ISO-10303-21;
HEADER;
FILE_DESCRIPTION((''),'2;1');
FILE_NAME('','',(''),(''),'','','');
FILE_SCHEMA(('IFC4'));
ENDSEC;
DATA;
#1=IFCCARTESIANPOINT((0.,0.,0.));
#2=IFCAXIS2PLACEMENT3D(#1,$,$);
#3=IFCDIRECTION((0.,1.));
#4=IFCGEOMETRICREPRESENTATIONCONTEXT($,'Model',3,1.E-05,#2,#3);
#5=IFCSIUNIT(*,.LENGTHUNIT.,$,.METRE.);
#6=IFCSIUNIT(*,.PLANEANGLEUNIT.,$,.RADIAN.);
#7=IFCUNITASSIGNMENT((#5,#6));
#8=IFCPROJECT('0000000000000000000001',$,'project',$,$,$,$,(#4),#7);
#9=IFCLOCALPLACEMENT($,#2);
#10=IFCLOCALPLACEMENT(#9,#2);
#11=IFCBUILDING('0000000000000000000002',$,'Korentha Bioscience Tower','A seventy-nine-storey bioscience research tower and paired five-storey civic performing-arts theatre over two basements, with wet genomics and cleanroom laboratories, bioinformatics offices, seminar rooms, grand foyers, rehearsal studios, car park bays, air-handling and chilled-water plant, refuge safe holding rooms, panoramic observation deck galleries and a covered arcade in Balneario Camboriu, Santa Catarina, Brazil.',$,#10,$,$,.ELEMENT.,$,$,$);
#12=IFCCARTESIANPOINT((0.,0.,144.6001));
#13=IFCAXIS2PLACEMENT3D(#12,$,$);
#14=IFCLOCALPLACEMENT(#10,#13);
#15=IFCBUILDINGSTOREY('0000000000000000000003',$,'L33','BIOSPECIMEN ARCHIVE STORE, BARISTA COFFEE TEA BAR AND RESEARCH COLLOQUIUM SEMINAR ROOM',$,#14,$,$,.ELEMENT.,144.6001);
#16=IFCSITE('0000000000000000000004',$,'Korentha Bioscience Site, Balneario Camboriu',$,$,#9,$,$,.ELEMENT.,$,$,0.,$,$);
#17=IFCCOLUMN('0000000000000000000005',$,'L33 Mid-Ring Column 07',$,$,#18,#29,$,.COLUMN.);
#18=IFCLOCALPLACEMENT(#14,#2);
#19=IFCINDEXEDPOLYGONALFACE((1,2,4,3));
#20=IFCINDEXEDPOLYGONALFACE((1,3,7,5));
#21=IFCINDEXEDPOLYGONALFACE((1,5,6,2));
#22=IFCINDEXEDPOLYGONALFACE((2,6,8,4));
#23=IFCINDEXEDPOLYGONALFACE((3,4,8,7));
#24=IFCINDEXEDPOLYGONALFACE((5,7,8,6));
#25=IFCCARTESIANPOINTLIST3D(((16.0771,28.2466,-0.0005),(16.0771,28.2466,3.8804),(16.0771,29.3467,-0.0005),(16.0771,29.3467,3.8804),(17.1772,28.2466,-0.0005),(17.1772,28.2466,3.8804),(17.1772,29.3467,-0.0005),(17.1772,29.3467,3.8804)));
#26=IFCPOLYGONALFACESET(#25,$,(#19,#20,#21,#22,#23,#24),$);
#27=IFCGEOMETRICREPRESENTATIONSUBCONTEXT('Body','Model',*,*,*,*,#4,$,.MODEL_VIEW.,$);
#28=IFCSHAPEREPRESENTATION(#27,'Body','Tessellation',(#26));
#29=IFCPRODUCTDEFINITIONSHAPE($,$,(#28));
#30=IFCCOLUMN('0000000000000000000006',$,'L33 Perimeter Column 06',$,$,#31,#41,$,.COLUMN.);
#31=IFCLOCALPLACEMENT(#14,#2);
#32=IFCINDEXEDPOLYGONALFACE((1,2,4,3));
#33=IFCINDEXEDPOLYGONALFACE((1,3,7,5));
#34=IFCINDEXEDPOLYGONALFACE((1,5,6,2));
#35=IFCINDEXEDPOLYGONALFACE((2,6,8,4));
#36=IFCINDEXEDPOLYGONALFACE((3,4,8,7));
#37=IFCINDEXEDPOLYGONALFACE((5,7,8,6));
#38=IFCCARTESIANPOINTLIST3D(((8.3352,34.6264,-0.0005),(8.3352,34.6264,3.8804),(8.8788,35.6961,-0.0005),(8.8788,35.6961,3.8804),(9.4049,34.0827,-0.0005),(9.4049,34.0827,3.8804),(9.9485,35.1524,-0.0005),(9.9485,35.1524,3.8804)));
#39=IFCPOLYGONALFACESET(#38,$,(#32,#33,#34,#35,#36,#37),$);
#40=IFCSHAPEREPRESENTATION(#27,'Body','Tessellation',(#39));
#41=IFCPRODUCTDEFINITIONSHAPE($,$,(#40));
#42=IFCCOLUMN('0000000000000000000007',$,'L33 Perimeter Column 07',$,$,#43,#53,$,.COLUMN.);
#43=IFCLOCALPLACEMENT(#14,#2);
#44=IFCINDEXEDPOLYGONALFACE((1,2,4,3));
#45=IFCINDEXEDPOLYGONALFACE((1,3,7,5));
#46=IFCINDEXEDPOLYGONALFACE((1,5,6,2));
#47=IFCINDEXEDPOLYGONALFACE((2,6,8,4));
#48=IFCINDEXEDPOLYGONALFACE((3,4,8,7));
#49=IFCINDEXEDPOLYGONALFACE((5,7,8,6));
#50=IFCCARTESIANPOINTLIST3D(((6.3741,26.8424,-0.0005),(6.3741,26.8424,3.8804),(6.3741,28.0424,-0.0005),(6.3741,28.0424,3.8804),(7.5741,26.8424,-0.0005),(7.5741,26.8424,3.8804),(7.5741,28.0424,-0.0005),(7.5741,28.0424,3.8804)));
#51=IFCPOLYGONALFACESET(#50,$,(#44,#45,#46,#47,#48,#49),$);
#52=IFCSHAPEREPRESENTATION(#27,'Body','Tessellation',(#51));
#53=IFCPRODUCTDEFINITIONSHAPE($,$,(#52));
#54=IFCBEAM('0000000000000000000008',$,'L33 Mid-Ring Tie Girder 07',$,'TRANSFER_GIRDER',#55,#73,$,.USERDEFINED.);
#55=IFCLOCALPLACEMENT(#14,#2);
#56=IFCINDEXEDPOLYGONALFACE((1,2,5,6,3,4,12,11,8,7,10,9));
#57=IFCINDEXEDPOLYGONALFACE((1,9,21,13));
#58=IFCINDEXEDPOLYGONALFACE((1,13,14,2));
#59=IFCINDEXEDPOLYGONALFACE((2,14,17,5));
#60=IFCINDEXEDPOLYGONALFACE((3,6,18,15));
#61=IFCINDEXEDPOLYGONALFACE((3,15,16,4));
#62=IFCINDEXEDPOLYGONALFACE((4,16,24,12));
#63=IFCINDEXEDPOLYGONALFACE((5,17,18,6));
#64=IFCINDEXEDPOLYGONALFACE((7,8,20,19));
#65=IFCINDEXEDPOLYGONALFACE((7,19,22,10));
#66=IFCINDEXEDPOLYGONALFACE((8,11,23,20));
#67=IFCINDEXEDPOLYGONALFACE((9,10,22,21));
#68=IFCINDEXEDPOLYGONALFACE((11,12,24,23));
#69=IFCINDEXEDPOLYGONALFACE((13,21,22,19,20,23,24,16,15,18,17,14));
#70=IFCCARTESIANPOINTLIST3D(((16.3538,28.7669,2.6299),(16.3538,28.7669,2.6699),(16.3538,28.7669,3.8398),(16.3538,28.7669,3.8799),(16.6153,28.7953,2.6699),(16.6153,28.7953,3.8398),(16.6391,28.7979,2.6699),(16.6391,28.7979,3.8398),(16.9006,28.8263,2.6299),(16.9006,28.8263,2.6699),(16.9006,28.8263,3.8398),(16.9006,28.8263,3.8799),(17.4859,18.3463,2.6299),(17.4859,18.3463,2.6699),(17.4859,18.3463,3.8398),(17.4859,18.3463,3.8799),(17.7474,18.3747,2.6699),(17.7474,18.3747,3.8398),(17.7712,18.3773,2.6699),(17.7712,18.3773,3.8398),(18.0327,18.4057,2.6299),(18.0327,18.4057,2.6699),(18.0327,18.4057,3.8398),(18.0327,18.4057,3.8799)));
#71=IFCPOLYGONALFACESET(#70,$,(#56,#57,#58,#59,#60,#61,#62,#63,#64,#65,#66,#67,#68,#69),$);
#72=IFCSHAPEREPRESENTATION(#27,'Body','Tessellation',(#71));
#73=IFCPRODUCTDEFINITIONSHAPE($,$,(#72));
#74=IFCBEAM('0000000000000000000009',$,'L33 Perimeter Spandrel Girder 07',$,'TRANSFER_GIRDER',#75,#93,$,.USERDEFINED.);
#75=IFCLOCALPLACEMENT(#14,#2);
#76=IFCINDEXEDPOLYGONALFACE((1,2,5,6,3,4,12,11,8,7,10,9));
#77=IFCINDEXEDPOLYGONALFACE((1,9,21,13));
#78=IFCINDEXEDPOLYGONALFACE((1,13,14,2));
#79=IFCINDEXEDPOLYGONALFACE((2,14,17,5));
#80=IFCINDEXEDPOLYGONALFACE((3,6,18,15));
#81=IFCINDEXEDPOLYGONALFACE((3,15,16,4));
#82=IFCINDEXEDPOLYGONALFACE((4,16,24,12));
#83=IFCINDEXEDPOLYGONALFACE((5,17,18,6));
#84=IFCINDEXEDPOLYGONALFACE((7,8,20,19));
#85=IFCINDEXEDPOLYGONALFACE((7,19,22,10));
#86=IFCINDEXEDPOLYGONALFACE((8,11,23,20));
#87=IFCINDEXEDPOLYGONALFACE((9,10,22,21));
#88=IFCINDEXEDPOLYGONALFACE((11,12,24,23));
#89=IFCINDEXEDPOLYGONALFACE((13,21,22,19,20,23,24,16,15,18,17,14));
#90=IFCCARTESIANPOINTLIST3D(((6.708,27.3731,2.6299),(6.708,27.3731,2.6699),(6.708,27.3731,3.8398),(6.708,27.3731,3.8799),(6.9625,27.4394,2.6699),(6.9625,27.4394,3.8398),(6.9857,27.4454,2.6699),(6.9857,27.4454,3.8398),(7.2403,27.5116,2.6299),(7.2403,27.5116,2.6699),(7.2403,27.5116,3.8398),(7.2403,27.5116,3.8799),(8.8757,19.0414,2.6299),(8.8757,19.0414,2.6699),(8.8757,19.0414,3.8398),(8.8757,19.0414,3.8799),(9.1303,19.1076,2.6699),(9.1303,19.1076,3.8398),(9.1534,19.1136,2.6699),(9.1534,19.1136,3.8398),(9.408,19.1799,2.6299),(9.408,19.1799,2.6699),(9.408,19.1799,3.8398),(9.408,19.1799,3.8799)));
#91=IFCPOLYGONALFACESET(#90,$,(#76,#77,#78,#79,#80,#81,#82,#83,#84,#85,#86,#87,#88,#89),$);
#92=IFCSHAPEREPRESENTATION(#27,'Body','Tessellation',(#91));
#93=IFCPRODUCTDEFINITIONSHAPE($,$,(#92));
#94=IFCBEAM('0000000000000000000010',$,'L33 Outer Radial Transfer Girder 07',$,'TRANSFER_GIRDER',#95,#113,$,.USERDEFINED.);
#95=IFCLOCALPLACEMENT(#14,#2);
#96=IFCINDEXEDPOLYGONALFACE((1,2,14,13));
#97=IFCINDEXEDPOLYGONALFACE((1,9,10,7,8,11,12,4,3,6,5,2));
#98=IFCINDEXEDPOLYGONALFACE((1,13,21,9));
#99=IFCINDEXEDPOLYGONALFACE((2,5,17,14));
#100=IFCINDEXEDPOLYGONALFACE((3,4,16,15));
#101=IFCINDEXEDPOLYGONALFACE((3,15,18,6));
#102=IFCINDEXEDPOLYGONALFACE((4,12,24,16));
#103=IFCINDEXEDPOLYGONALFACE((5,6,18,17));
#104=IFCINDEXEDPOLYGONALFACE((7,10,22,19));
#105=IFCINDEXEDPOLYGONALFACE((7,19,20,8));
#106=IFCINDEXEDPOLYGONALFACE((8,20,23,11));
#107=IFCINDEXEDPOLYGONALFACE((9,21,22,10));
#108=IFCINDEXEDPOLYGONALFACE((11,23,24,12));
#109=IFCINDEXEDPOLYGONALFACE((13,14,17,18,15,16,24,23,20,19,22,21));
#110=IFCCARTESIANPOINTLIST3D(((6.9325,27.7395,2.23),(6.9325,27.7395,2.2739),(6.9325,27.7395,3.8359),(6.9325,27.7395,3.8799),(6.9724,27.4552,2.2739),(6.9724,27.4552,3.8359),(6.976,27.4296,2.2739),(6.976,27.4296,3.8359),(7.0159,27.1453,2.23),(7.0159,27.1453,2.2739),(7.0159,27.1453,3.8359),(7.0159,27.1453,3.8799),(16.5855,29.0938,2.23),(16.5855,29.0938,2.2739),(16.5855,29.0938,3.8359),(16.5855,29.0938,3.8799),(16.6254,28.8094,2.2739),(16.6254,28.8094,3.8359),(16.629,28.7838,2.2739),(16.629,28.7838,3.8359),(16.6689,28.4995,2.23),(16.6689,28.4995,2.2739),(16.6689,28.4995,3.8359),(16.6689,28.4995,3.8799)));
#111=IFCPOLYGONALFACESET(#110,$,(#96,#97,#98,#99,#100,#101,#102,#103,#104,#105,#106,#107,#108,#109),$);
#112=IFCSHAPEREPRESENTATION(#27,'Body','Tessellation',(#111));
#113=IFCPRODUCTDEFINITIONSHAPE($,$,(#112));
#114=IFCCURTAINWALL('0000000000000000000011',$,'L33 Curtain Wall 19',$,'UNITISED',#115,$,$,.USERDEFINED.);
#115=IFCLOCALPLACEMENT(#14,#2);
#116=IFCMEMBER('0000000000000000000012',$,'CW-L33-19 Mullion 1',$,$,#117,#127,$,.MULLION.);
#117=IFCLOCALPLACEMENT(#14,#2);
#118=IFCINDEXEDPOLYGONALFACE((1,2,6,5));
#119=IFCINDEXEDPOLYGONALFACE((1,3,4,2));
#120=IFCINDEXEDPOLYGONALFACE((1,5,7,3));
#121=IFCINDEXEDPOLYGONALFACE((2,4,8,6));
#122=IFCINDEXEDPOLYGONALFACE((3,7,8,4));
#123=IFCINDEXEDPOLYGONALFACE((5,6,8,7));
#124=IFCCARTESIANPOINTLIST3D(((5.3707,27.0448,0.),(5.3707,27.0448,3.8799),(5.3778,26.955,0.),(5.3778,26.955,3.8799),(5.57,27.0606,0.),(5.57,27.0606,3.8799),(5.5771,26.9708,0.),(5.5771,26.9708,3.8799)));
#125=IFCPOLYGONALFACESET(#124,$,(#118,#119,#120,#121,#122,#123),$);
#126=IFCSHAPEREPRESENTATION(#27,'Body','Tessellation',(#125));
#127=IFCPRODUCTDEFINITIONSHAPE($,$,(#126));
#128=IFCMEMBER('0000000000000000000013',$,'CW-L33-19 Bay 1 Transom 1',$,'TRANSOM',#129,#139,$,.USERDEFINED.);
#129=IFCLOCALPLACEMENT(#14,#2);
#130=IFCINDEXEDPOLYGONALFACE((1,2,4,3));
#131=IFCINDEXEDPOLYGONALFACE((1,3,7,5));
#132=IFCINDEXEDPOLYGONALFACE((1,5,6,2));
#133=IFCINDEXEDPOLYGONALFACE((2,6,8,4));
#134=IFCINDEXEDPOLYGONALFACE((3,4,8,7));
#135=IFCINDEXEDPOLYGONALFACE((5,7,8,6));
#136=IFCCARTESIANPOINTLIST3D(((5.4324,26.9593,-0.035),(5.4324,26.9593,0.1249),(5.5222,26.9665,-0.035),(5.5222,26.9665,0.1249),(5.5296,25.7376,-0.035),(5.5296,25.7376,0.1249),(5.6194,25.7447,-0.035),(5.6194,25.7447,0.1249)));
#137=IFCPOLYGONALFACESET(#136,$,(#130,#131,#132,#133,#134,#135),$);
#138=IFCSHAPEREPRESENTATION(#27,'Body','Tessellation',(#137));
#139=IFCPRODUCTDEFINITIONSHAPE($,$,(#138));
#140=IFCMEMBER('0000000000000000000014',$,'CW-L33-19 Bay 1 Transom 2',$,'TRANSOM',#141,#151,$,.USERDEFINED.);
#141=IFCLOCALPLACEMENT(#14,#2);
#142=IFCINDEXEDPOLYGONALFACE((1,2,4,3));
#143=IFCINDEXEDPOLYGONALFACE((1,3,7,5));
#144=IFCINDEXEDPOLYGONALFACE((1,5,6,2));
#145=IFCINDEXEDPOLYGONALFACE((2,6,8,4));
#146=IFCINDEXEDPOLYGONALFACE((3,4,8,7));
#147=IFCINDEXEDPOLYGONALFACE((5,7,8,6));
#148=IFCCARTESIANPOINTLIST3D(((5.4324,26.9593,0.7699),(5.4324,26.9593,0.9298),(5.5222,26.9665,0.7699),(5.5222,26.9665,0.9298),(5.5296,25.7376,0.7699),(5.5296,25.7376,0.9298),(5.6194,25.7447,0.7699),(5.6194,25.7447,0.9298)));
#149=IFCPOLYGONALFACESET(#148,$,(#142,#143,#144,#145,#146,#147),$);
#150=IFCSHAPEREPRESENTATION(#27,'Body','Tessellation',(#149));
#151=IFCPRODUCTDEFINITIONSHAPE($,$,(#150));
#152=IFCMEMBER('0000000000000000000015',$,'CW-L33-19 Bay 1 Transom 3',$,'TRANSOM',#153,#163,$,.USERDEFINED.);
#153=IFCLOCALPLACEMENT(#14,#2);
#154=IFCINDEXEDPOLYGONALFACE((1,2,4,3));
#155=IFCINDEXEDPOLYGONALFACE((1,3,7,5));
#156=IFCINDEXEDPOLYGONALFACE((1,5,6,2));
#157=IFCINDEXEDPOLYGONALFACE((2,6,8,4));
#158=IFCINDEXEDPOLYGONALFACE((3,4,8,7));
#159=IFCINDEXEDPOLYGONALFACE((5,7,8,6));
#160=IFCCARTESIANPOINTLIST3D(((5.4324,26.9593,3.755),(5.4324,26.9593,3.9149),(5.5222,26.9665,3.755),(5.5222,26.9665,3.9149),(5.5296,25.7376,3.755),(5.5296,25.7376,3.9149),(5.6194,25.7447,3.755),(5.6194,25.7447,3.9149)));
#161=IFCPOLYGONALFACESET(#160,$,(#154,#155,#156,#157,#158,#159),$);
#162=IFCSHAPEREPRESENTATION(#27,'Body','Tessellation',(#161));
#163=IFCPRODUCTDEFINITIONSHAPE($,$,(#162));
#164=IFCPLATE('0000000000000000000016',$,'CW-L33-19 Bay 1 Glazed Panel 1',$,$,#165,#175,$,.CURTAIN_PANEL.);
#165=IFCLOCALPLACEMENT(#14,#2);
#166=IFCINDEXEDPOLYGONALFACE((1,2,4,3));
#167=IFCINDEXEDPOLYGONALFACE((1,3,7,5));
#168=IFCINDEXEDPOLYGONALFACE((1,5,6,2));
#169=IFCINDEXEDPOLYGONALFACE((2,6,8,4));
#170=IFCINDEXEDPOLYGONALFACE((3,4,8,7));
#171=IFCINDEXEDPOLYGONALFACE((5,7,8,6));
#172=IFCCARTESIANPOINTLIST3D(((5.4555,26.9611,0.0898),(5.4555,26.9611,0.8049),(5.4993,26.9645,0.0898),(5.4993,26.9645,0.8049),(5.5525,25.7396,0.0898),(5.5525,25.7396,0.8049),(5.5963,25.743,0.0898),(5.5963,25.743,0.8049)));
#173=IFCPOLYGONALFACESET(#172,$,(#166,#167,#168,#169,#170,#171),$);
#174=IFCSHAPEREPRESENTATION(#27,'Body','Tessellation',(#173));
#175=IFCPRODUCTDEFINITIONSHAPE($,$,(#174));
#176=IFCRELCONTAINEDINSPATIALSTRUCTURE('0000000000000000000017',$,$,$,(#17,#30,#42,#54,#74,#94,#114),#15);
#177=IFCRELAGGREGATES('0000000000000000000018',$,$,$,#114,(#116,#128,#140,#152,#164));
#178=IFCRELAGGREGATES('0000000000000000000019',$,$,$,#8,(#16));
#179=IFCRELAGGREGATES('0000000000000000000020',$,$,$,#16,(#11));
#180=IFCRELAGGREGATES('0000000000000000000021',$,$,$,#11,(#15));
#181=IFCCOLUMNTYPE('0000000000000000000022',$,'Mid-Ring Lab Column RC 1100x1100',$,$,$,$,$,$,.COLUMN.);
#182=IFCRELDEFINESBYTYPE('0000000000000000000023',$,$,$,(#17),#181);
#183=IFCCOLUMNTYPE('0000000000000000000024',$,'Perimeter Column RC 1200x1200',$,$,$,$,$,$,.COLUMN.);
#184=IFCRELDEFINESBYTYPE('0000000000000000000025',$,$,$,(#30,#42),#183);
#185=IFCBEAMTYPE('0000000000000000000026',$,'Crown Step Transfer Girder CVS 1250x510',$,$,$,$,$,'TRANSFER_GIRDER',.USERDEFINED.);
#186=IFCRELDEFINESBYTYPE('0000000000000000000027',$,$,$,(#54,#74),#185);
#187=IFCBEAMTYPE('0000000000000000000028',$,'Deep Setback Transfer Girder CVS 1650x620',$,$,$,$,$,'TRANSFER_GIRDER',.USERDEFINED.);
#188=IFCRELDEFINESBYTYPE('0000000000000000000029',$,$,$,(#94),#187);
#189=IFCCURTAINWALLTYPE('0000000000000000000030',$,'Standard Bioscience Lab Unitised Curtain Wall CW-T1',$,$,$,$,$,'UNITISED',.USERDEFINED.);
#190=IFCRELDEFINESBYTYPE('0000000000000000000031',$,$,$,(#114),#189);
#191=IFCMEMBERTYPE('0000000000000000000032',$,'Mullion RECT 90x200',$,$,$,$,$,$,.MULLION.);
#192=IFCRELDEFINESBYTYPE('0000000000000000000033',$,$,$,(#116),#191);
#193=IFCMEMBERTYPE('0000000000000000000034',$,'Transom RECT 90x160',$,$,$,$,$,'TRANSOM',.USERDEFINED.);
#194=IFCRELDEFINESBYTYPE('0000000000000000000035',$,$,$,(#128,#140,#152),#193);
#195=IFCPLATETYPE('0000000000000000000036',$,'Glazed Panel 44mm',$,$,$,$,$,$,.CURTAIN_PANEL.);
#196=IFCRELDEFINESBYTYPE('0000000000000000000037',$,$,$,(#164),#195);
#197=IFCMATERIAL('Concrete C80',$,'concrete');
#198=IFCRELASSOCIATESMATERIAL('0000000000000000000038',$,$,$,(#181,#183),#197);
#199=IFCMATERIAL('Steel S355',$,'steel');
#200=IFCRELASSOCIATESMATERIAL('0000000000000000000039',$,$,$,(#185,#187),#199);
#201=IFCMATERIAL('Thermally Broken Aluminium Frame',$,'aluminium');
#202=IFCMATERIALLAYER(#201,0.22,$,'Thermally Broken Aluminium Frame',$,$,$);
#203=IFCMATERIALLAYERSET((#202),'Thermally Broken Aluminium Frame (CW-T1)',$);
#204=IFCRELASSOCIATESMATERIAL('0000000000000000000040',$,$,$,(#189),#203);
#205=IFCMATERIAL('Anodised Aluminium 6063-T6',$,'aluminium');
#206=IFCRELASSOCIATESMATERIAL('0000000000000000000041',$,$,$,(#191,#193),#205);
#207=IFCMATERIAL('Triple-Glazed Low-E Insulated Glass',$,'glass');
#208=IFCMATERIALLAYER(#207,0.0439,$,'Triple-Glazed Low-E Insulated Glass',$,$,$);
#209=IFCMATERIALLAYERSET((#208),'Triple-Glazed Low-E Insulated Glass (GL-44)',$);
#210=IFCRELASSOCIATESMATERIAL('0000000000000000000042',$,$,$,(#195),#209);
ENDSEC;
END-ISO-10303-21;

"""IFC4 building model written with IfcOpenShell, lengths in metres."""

from ifc_helpers import new_model, si_unit, direction, frame, origin, origin_2d, place, context, subcontext, project, spatial, rectangle, i_section, extrude, material, layer, layer_set, material_profile, profile_set, type_object, element, aggregate, save


model = new_model("IFC4")

# Units and contexts
model_context = context("Model", 3, precision=1e-05, world=origin(), true_north=direction((0.0, 1.0)))
body_context = subcontext(model_context, "Body", "Model", "MODEL_VIEW")
ifc_project = project(units=[si_unit("LENGTHUNIT", "METRE"), si_unit("PLANEANGLEUNIT", "RADIAN")], contexts=[model_context])

# Site, building, storey
site_placement = place(None, origin())
site = spatial("IfcSite", under=ifc_project, at=site_placement, Name="Korentha Bioscience Site, Balneario Camboriu", CompositionType="ELEMENT", RefElevation=0.0)
building_placement = place(site_placement, origin())
building = spatial("IfcBuilding", under=site, at=building_placement, Name="Korentha Bioscience Tower", Description="A seventy-nine-storey bioscience research tower and paired five-storey civic performing-arts theatre over two basements, with wet genomics and cleanroom laboratories, bioinformatics offices, seminar rooms, grand foyers, rehearsal studios, car park bays, air-handling and chilled-water plant, refuge safe holding rooms, panoramic observation deck galleries and a covered arcade in Balneario Camboriu, Santa Catarina, Brazil.", CompositionType="ELEMENT")
storey_placement = place(building_placement, frame((0.0, 0.0, 144.6001)))
storey = spatial("IfcBuildingStorey", under=building, at=storey_placement, Name="L33", Description="BIOSPECIMEN ARCHIVE STORE, BARISTA COFFEE TEA BAR AND RESEARCH COLLOQUIUM SEMINAR ROOM", CompositionType="ELEMENT", Elevation=144.6001)

# Columns
ifc_material_1 = material(Name="Concrete C80", Category="concrete")
ifc_material_profile_1 = material_profile(ifc_material_1, rectangle(XDim=1.1001, YDim=1.1001, at=origin_2d()), Name="Concrete C80")
ifc_profile_set_1 = profile_set([ifc_material_profile_1], Name="Concrete C80 (COL-MR11)")
column_type_1 = type_object("IfcColumnType", Name="Mid-Ring Lab Column RC 1100x1100", PredefinedType="COLUMN", material=ifc_profile_set_1)
column_placement = place(storey_placement, frame((16.6272, 28.7966, -0.0005), z_axis=(0.0, 0.0, 1.0), x_axis=(1.0, 0.0, 0.0)))
element("IfcColumn", 1, at=column_placement, inside=storey, type_object=column_type_1, Name="L33 Mid-Ring Column 07", PredefinedType="COLUMN", context=body_context, shape_type="SweptSolid", body=[
    extrude(rectangle(XDim=1.1001, YDim=1.1001, at=origin_2d()), origin(), (0.0, 0.0, 1.0), 3.8809),
])
ifc_material_profile_2 = material_profile(ifc_material_1, rectangle(XDim=1.2, YDim=1.2, at=origin_2d()), Name="Concrete C80")
ifc_profile_set_2 = profile_set([ifc_material_profile_2], Name="Concrete C80 (COL-P12)")
column_type_2 = type_object("IfcColumnType", Name="Perimeter Column RC 1200x1200", PredefinedType="COLUMN", material=ifc_profile_set_2)
for number, where, z_axis, x_axis, name in (
    (2, (9.1418, 34.8894, -0.0005), (0.0, 0.0, 1.0), (0.453057, 0.891481, 0.0), "L33 Perimeter Column 06"),
    (3, (6.9741, 27.4424, -0.0005), (0.0, 0.0, 1.0), (0.0, 1.0, 0.0), "L33 Perimeter Column 07"),
):
    element("IfcColumn", number, at=place(storey_placement, frame(where, z_axis=z_axis, x_axis=x_axis)), inside=storey, type_object=column_type_2, Name=name, PredefinedType="COLUMN", context=body_context, shape_type="SweptSolid", body=[
        extrude(rectangle(XDim=1.2, YDim=1.2, at=origin_2d()), origin(), (0.0, 0.0, 1.0), 3.8809),
    ])

# Beams
ifc_material_2 = material(Name="Steel S355", Category="steel")
ifc_material_profile_3 = material_profile(ifc_material_2, i_section(OverallWidth=0.55, OverallDepth=1.25, WebThickness=0.0239, FlangeThickness=0.04, at=origin_2d()), Name="Steel S355")
ifc_profile_set_3 = profile_set([ifc_material_profile_3], Name="Steel S355 (TG-03)")
beam_type_1 = type_object("IfcBeamType", Name="Crown Step Transfer Girder CVS 1250x510", ElementType="TRANSFER_GIRDER", PredefinedType="USERDEFINED", material=ifc_profile_set_3)
beam_1_placement = place(storey_placement, frame((16.6272, 28.7966, 3.2549), z_axis=(0.108003, -0.994151, 0.0), x_axis=(0.994151, 0.108003, 0.0)))
element("IfcBeam", 4, at=beam_1_placement, inside=storey, type_object=beam_type_1, Name="L33 Mid-Ring Tie Girder 07", ObjectType="TRANSFER_GIRDER", PredefinedType="USERDEFINED", context=body_context, shape_type="SweptSolid", body=[
    extrude(i_section(OverallWidth=0.55, OverallDepth=1.25, WebThickness=0.0239, FlangeThickness=0.04, at=origin_2d()), origin(), (0.0, 0.0, 1.0), 10.4819),
])
beam_2_placement = place(storey_placement, frame((6.9741, 27.4424, 3.2549), z_axis=(0.251793, -0.967781, 0.0), x_axis=(0.967781, 0.251793, 0.0)))
element("IfcBeam", 5, at=beam_2_placement, inside=storey, type_object=beam_type_1, Name="L33 Perimeter Spandrel Girder 07", ObjectType="TRANSFER_GIRDER", PredefinedType="USERDEFINED", context=body_context, shape_type="SweptSolid", body=[
    extrude(i_section(OverallWidth=0.55, OverallDepth=1.25, WebThickness=0.0239, FlangeThickness=0.04, at=origin_2d()), origin(), (0.0, 0.0, 1.0), 8.6091),
])
ifc_material_profile_4 = material_profile(ifc_material_2, i_section(OverallWidth=0.6001, OverallDepth=1.6499, WebThickness=0.0259, FlangeThickness=0.0439, at=origin_2d()), Name="Steel S355")
ifc_profile_set_4 = profile_set([ifc_material_profile_4], Name="Steel S355 (TG-04)")
beam_type_2 = type_object("IfcBeamType", Name="Deep Setback Transfer Girder CVS 1650x620", ElementType="TRANSFER_GIRDER", PredefinedType="USERDEFINED", material=ifc_profile_set_4)
beam_3_placement = place(storey_placement, frame((16.6272, 28.7966, 3.0549), z_axis=(-0.990302, -0.138931, 0.0), x_axis=(0.138931, -0.990302, 0.0)))
element("IfcBeam", 6, at=beam_3_placement, inside=storey, type_object=beam_type_2, Name="L33 Outer Radial Transfer Girder 07", ObjectType="TRANSFER_GIRDER", PredefinedType="USERDEFINED", context=body_context, shape_type="SweptSolid", body=[
    extrude(i_section(OverallWidth=0.6001, OverallDepth=1.6499, WebThickness=0.0259, FlangeThickness=0.0439, at=origin_2d()), origin(), (0.0, 0.0, 1.0), 9.7476),
])

# Curtain wall, members, plate
ifc_material_3 = material(Name="Thermally Broken Aluminium Frame", Category="aluminium")
ifc_layer_1 = layer(ifc_material_3, 0.22, Name="Thermally Broken Aluminium Frame")
ifc_layer_set_1 = layer_set([ifc_layer_1], Name="Thermally Broken Aluminium Frame (CW-T1)")
curtain_wall_type = type_object("IfcCurtainWallType", Name="Standard Bioscience Lab Unitised Curtain Wall CW-T1", ElementType="UNITISED", PredefinedType="USERDEFINED", material=ifc_layer_set_1)
curtain_wall_placement = place(storey_placement, origin())
curtain_wall = element("IfcCurtainWall", 7, at=curtain_wall_placement, inside=storey, type_object=curtain_wall_type, Name="L33 Curtain Wall 19", ObjectType="UNITISED", PredefinedType="USERDEFINED")
ifc_material_4 = material(Name="Anodised Aluminium 6063-T6", Category="aluminium")
ifc_material_profile_5 = material_profile(ifc_material_4, rectangle(XDim=0.0901, YDim=0.2, at=origin_2d()), Name="Anodised Aluminium 6063-T6")
ifc_profile_set_5 = profile_set([ifc_material_profile_5], Name="Anodised Aluminium 6063-T6 (CW-MUL)")
member_type_1 = type_object("IfcMemberType", Name="Mullion RECT 90x200", PredefinedType="MULLION", material=ifc_profile_set_5)
member_1_placement = place(storey_placement, frame((5.4739, 27.0078, 0.0), z_axis=(0.0, 0.0, 1.0), x_axis=(0.07913, -0.996864, 0.0)))
member_1 = element("IfcMember", 8, at=member_1_placement, type_object=member_type_1, Name="CW-L33-19 Mullion 1", PredefinedType="MULLION", context=body_context, shape_type="SweptSolid", body=[
    extrude(rectangle(XDim=0.0901, YDim=0.2, at=origin_2d()), origin(), (0.0, 0.0, 1.0), 3.8799),
])
ifc_material_profile_6 = material_profile(ifc_material_4, rectangle(XDim=0.0901, YDim=0.1599, at=origin_2d()), Name="Anodised Aluminium 6063-T6")
ifc_profile_set_6 = profile_set([ifc_material_profile_6], Name="Anodised Aluminium 6063-T6 (CW-TRN)")
member_type_2 = type_object("IfcMemberType", Name="Transom RECT 90x160", ElementType="TRANSOM", PredefinedType="USERDEFINED", material=ifc_profile_set_6)
member_2_placement = place(storey_placement, frame((5.4773, 26.9629, 0.0449), z_axis=(0.079286, -0.996852, 0.0), x_axis=(0.996852, 0.079286, 0.0)))
member_2 = element("IfcMember", 9, at=member_2_placement, type_object=member_type_2, Name="CW-L33-19 Bay 1 Transom 1", ObjectType="TRANSOM", PredefinedType="USERDEFINED", context=body_context, shape_type="SweptSolid", body=[
    extrude(rectangle(XDim=0.0901, YDim=0.1599, at=origin_2d()), origin(), (0.0, 0.0, 1.0), 1.2256),
])
member_3_placement = place(storey_placement, frame((5.4773, 26.9629, 0.8499), z_axis=(0.079286, -0.996852, 0.0), x_axis=(0.996852, 0.079286, 0.0)))
member_3 = element("IfcMember", 10, at=member_3_placement, type_object=member_type_2, Name="CW-L33-19 Bay 1 Transom 2", ObjectType="TRANSOM", PredefinedType="USERDEFINED", context=body_context, shape_type="SweptSolid", body=[
    extrude(rectangle(XDim=0.0901, YDim=0.1599, at=origin_2d()), origin(), (0.0, 0.0, 1.0), 1.2256),
])
member_4_placement = place(storey_placement, frame((5.4773, 26.9629, 3.835), z_axis=(0.079286, -0.996852, 0.0), x_axis=(0.996852, 0.079286, 0.0)))
member_4 = element("IfcMember", 11, at=member_4_placement, type_object=member_type_2, Name="CW-L33-19 Bay 1 Transom 3", ObjectType="TRANSOM", PredefinedType="USERDEFINED", context=body_context, shape_type="SweptSolid", body=[
    extrude(rectangle(XDim=0.0901, YDim=0.1599, at=origin_2d()), origin(), (0.0, 0.0, 1.0), 1.2256),
])
ifc_material_5 = material(Name="Triple-Glazed Low-E Insulated Glass", Category="glass")
ifc_layer_2 = layer(ifc_material_5, 0.0439, Name="Triple-Glazed Low-E Insulated Glass")
ifc_layer_set_2 = layer_set([ifc_layer_2], Name="Triple-Glazed Low-E Insulated Glass (GL-44)")
plate_type = type_object("IfcPlateType", Name="Glazed Panel 44mm", PredefinedType="CURTAIN_PANEL", material=ifc_layer_set_2)
plate_1_placement = place(storey_placement, frame((5.5259, 26.3521, 0.0898), z_axis=(0.0, 0.0, 1.0), x_axis=(0.07913, -0.996864, 0.0)))
plate_1 = element("IfcPlate", 12, at=plate_1_placement, type_object=plate_type, Name="CW-L33-19 Bay 1 Glazed Panel 1", PredefinedType="CURTAIN_PANEL", context=body_context, shape_type="SweptSolid", body=[
    extrude(rectangle(XDim=1.2253, YDim=0.0439, at=origin_2d()), origin(), (0.0, 0.0, 1.0), 0.7151),
])
aggregate(curtain_wall, [member_1, member_2, member_3, member_4, plate_1])

save(model, "model.ifc")
